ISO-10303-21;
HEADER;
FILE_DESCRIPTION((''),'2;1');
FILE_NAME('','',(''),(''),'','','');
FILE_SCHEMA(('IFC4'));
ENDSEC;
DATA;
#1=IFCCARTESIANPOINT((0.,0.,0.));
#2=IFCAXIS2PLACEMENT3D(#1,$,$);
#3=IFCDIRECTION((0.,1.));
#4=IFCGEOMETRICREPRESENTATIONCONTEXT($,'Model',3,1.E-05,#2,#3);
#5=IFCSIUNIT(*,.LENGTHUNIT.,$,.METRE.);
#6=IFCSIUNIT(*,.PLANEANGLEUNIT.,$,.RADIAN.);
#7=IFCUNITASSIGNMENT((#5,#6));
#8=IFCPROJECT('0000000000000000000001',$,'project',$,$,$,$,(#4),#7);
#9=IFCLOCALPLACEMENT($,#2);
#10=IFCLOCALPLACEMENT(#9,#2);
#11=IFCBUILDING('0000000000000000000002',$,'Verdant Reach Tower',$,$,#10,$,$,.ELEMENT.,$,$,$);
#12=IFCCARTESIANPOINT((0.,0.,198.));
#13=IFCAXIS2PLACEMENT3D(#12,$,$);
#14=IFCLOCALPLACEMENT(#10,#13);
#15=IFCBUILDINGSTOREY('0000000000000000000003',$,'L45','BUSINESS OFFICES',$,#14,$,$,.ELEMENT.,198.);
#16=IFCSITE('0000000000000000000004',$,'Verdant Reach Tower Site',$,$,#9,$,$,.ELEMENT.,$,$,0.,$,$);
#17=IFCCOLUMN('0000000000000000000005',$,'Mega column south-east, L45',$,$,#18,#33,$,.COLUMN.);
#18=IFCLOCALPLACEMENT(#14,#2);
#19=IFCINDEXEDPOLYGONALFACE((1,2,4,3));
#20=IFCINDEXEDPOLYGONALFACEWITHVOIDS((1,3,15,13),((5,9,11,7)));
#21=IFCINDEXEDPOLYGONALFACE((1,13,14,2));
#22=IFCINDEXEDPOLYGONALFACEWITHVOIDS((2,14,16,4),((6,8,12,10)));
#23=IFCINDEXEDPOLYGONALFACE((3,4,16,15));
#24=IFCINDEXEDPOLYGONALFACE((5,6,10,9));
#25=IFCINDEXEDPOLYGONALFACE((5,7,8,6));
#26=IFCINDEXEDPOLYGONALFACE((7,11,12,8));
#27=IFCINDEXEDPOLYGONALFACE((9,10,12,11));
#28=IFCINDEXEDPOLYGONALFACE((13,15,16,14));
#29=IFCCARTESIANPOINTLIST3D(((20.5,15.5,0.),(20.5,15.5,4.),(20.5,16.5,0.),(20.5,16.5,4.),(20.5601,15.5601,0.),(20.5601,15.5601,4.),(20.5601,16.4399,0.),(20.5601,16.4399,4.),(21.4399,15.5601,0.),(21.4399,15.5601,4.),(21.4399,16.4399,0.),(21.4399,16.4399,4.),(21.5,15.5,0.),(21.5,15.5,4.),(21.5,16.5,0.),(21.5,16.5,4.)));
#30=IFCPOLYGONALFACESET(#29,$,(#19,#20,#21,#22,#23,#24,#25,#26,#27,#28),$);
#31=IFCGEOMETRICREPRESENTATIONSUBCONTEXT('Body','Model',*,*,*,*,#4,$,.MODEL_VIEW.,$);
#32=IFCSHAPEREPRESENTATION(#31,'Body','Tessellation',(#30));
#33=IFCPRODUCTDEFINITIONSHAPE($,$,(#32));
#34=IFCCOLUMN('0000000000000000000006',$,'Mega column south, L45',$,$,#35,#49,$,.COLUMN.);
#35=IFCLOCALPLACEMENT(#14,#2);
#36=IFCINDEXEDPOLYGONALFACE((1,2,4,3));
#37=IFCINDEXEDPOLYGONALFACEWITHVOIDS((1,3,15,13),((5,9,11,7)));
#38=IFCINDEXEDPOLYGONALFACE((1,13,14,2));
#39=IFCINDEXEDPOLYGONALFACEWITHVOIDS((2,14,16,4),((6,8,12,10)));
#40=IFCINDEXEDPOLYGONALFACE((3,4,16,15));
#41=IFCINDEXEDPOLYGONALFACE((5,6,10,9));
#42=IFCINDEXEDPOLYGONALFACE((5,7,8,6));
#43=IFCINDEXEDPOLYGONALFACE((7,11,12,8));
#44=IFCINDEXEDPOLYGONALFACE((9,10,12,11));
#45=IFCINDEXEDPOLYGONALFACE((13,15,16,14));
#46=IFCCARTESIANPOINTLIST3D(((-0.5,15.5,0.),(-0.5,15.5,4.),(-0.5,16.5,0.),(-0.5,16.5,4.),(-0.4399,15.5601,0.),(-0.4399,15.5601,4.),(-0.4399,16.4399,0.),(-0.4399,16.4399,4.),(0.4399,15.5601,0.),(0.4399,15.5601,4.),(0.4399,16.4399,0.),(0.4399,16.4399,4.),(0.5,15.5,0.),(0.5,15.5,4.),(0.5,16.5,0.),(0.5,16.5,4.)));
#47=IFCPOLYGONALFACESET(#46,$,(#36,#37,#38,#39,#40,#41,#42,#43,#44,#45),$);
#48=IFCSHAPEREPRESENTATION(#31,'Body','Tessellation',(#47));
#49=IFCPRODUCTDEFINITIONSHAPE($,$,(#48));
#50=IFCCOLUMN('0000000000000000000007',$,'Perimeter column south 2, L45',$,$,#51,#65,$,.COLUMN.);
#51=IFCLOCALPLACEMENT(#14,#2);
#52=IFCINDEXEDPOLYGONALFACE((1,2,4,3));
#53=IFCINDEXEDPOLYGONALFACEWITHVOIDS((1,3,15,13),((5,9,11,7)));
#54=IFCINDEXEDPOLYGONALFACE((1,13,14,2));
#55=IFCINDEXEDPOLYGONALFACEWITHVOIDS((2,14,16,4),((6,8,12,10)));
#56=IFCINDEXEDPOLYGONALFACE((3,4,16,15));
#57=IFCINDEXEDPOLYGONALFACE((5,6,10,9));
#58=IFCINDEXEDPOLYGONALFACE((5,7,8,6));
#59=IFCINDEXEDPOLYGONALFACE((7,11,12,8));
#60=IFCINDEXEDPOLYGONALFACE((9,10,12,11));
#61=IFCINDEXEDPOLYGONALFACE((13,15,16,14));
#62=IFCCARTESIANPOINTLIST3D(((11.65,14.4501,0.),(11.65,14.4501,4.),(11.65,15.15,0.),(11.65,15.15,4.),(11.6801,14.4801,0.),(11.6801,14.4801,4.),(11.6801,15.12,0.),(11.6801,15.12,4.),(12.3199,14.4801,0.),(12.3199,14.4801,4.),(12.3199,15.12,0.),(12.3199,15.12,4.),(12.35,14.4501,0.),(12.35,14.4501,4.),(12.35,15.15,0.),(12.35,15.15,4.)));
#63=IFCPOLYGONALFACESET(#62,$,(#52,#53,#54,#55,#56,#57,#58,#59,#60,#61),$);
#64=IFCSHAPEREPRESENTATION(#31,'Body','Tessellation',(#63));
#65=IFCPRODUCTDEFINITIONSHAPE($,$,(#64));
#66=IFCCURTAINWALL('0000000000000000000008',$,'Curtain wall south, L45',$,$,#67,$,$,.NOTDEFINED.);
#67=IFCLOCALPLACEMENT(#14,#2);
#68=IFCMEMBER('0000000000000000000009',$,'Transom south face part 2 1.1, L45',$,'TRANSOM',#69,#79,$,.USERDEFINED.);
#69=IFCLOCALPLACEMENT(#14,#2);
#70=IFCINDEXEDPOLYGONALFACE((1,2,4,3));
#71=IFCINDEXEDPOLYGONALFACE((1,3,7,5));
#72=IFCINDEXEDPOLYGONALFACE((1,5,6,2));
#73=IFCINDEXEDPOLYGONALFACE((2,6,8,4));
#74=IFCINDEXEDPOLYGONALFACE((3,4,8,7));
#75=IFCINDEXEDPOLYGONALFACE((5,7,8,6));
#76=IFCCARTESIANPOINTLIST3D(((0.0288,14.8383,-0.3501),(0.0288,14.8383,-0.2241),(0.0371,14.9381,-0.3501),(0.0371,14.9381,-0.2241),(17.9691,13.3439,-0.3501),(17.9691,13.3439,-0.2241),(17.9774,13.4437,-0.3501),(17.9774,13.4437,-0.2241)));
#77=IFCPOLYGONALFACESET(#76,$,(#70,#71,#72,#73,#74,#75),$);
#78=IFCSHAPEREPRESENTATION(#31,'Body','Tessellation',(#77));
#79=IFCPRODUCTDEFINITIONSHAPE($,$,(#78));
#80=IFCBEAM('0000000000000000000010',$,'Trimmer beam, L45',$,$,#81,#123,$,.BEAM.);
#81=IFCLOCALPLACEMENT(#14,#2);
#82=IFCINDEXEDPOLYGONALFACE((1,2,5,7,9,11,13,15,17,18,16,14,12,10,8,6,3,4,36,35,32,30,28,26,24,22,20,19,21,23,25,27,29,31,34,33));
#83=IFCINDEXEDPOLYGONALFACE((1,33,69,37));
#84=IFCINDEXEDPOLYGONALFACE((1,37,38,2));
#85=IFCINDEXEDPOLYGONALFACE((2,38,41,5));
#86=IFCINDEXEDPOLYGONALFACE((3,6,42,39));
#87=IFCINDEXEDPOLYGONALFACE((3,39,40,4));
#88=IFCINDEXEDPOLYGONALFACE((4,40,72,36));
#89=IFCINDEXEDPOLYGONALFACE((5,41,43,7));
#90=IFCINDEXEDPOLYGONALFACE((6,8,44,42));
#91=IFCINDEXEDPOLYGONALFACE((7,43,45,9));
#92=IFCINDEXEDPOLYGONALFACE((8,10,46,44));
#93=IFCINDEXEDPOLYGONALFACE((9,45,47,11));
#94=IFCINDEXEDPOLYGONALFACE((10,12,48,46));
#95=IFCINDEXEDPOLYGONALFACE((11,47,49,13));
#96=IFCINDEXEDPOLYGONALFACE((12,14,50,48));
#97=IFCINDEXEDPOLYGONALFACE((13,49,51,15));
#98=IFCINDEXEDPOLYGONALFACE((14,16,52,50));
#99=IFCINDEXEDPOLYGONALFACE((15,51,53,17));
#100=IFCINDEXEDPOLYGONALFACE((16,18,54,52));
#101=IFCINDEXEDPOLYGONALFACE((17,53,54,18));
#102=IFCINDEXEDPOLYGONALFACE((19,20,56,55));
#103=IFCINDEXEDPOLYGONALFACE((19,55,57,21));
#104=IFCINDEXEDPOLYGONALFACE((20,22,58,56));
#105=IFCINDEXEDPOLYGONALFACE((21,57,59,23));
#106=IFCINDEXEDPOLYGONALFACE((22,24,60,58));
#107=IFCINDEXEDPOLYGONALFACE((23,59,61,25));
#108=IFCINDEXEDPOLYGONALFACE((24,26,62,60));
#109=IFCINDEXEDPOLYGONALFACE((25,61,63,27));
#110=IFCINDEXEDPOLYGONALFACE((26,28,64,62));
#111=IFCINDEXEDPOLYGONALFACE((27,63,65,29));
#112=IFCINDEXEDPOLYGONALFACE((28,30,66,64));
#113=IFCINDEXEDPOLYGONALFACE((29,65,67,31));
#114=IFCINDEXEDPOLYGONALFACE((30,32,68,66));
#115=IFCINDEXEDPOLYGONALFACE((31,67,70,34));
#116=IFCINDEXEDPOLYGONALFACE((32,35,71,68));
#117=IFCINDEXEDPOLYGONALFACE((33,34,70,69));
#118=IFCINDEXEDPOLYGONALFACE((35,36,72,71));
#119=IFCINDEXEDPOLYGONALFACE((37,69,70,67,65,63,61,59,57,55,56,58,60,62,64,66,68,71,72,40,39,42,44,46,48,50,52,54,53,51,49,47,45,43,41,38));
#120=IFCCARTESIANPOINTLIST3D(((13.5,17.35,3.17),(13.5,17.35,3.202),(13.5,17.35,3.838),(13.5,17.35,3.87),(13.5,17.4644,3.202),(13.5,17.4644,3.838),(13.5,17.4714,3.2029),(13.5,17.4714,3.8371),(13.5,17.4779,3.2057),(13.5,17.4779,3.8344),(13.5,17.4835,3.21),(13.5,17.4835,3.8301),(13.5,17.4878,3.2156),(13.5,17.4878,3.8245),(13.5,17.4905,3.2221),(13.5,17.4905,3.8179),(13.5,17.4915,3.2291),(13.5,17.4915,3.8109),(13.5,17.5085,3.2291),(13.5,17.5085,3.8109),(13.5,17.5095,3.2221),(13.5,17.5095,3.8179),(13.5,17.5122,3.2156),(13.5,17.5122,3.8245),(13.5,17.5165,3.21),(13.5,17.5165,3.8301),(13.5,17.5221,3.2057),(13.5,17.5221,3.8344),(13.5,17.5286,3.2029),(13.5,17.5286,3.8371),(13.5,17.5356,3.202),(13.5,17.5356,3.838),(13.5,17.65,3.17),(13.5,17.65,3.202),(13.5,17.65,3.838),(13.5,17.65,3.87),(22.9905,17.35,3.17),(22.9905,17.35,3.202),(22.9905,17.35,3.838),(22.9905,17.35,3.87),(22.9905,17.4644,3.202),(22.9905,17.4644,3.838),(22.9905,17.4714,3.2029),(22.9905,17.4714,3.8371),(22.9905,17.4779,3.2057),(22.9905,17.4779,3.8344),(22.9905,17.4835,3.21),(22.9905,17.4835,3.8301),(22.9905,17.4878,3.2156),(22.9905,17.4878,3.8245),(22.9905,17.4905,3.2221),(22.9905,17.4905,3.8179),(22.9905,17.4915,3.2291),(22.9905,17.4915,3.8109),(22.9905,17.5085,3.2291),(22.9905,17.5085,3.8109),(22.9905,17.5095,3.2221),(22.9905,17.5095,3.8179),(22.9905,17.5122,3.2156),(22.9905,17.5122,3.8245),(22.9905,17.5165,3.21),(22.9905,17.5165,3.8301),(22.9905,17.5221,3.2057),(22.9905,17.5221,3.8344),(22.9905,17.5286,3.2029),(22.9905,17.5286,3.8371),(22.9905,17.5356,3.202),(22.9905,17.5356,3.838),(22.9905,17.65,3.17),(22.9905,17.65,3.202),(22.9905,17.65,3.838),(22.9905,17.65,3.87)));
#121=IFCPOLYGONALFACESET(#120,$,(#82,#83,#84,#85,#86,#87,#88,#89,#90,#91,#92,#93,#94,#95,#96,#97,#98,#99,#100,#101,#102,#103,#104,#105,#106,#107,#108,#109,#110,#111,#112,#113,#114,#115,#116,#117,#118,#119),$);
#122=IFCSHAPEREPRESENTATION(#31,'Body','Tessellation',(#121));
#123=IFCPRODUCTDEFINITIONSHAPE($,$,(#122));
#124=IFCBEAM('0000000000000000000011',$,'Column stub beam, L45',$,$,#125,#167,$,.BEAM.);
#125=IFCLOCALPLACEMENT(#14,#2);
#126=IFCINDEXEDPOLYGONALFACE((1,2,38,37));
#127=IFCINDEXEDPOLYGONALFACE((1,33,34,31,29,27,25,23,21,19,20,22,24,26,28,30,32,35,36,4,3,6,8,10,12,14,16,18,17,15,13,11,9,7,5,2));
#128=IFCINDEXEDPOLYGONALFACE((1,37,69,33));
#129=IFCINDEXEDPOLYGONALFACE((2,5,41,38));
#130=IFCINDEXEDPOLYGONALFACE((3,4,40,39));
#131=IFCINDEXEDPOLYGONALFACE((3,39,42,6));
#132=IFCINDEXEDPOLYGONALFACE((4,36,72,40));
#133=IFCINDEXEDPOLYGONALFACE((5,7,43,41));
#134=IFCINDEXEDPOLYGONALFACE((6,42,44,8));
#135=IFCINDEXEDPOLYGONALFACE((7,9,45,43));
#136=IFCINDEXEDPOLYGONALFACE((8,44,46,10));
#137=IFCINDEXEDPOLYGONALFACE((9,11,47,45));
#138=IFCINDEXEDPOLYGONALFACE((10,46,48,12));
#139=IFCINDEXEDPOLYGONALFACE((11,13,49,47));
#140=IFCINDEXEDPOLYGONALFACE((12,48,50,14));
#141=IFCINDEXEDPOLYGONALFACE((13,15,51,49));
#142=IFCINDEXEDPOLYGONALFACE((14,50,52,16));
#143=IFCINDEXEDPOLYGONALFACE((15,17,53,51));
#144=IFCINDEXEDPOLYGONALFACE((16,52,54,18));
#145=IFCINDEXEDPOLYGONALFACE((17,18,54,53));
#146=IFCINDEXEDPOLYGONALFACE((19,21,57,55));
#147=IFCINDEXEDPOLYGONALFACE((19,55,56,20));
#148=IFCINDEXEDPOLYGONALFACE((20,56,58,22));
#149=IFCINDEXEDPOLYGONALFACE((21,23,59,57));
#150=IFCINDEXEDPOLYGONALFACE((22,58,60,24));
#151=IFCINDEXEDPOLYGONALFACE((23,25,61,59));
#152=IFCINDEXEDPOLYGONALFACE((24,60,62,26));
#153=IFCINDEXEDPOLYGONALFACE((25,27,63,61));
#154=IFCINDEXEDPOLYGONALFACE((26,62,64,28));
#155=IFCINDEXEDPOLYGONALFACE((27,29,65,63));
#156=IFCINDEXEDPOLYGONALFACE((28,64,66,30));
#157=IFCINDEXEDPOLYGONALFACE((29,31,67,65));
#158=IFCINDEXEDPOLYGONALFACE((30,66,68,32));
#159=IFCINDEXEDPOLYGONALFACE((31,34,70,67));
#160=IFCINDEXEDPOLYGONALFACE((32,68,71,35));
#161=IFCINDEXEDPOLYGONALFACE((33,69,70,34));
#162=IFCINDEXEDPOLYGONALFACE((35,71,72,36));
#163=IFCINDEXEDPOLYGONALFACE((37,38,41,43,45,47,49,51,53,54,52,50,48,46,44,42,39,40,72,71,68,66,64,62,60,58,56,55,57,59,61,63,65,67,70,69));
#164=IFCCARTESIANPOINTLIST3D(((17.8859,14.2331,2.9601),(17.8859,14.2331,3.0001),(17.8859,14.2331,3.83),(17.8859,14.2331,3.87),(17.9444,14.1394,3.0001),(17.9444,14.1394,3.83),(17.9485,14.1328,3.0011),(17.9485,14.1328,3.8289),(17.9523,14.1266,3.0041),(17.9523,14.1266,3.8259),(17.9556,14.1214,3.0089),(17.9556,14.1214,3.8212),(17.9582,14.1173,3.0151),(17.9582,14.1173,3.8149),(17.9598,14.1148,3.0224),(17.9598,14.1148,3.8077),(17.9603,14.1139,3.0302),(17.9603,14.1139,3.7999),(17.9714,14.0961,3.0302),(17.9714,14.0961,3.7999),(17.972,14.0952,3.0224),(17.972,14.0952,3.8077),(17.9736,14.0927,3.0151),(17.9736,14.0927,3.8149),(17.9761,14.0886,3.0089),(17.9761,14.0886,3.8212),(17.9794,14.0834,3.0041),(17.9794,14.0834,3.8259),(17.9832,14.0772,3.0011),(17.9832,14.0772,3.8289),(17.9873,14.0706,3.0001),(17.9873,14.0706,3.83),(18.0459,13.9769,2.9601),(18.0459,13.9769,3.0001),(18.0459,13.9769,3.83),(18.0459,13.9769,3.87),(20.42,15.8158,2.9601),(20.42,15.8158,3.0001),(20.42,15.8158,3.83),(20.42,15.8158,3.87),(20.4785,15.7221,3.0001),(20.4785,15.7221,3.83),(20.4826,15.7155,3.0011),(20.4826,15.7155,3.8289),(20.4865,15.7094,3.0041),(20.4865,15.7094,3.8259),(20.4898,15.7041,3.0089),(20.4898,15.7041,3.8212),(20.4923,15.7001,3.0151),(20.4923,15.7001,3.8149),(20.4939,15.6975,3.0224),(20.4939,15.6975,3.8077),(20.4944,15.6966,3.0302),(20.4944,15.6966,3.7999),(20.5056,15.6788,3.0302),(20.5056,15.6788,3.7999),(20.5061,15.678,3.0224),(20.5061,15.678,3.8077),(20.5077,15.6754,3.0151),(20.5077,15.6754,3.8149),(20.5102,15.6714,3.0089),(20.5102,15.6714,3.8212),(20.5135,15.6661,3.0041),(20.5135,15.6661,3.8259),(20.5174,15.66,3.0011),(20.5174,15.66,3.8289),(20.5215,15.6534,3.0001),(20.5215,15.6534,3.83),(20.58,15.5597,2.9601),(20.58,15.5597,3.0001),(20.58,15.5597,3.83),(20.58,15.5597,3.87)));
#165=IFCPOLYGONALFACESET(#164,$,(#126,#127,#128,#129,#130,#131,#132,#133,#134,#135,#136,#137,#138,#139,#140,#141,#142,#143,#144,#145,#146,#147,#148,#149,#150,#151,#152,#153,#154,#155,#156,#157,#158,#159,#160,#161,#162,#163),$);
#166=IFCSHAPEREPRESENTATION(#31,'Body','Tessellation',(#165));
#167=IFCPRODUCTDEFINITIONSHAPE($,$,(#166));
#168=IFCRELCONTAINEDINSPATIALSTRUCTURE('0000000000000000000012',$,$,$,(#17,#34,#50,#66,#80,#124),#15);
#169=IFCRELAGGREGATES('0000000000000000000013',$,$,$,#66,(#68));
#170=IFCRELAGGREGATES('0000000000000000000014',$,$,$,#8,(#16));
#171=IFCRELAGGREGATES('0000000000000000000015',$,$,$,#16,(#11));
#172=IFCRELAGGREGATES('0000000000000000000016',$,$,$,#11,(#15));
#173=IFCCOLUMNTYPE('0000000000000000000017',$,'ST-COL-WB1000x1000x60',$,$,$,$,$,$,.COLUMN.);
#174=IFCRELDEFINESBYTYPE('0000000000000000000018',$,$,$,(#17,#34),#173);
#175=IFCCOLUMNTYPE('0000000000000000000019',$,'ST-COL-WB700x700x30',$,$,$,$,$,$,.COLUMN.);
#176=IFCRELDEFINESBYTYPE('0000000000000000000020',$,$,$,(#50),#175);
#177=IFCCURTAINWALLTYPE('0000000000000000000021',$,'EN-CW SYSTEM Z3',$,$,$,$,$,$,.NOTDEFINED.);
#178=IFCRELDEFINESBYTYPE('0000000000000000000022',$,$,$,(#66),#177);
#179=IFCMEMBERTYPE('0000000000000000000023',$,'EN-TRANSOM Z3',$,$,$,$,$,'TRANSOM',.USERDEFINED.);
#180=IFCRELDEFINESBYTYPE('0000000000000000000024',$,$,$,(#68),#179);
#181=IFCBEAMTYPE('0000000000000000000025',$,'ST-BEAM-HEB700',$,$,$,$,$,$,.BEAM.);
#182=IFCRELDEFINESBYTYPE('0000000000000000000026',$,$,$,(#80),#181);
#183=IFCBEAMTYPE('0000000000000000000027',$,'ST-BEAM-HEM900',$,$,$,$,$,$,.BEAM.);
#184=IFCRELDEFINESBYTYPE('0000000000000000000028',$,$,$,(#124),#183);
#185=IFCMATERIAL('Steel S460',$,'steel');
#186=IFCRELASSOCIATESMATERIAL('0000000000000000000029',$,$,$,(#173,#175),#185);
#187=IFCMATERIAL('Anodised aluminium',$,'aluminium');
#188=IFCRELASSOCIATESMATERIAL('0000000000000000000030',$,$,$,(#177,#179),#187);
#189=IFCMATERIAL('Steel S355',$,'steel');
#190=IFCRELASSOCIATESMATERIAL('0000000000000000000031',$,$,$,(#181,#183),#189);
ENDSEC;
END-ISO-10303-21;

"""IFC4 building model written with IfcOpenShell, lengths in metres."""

from ifc_helpers import new_model, si_unit, direction, frame, origin, origin_2d, place, context, subcontext, project, spatial, rectangle, hollow_rectangle, i_section, extrude, material, material_profile, profile_set, type_object, element, aggregate, save


model = new_model("IFC4")

# Units and contexts
model_context = context("Model", 3, precision=1e-05, world=origin(), true_north=direction((0.0, 1.0)))
body_context = subcontext(model_context, "Body", "Model", "MODEL_VIEW")
ifc_project = project(units=[si_unit("LENGTHUNIT", "METRE"), si_unit("PLANEANGLEUNIT", "RADIAN")], contexts=[model_context])

# Site, building, storey
site_placement = place(None, origin())
site = spatial("IfcSite", under=ifc_project, at=site_placement, Name="Verdant Reach Tower Site", CompositionType="ELEMENT", RefElevation=0.0)
building_placement = place(site_placement, origin())
building = spatial("IfcBuilding", under=site, at=building_placement, Name="Verdant Reach Tower", CompositionType="ELEMENT")
storey_placement = place(building_placement, frame((0.0, 0.0, 198.0)))
storey = spatial("IfcBuildingStorey", under=building, at=storey_placement, Name="L45", Description="BUSINESS OFFICES", CompositionType="ELEMENT", Elevation=198.0)

# Columns
ifc_material_1 = material(Name="Steel S460", Category="steel")
ifc_material_profile_1 = material_profile(ifc_material_1, hollow_rectangle(XDim=1.0, YDim=1.0, WallThickness=0.0601, at=origin_2d()), Name="WB 1000x1000x60")
ifc_profile_set_1 = profile_set([ifc_material_profile_1], Name="Steel S460")
column_type_1 = type_object("IfcColumnType", Name="ST-COL-WB1000x1000x60", PredefinedType="COLUMN", material=ifc_profile_set_1)
for number, where, z_axis, x_axis, name in (
    (1, (21.0, 16.0, 0.0), (0.0, 0.0, 1.0), (1.0, 0.0, 0.0), "Mega column south-east, L45"),
    (2, (0.0, 16.0, 0.0), (0.0, 0.0, 1.0), (1.0, 0.0, 0.0), "Mega column south, L45"),
):
    element("IfcColumn", number, at=place(storey_placement, frame(where, z_axis=z_axis, x_axis=x_axis)), inside=storey, type_object=column_type_1, Name=name, PredefinedType="COLUMN", context=body_context, shape_type="SweptSolid", body=[
        extrude(hollow_rectangle(XDim=1.0, YDim=1.0, WallThickness=0.0601, at=origin_2d()), origin(), (0.0, 0.0, 1.0), 4.0),
    ])
ifc_material_profile_2 = material_profile(ifc_material_1, hollow_rectangle(XDim=0.7, YDim=0.7, WallThickness=0.03, at=origin_2d()), Name="WB 700x700x30")
ifc_profile_set_2 = profile_set([ifc_material_profile_2], Name="Steel S460")
column_type_2 = type_object("IfcColumnType", Name="ST-COL-WB700x700x30", PredefinedType="COLUMN", material=ifc_profile_set_2)
column_placement = place(storey_placement, frame((12.0, 14.8, 0.0), z_axis=(0.0, 0.0, 1.0), x_axis=(1.0, 0.0, 0.0)))
element("IfcColumn", 3, at=column_placement, inside=storey, type_object=column_type_2, Name="Perimeter column south 2, L45", PredefinedType="COLUMN", context=body_context, shape_type="SweptSolid", body=[
    extrude(hollow_rectangle(XDim=0.7, YDim=0.7, WallThickness=0.03, at=origin_2d()), origin(), (0.0, 0.0, 1.0), 4.0),
])

# Curtain wall, member
ifc_material_2 = material(Name="Anodised aluminium", Category="aluminium")
curtain_wall_type = type_object("IfcCurtainWallType", Name="EN-CW SYSTEM Z3", PredefinedType="NOTDEFINED", material=ifc_material_2)
curtain_wall_1_placement = place(storey_placement, origin())
curtain_wall_1 = element("IfcCurtainWall", 4, at=curtain_wall_1_placement, inside=storey, type_object=curtain_wall_type, Name="Curtain wall south, L45", PredefinedType="NOTDEFINED")
ifc_material_profile_3 = material_profile(ifc_material_2, rectangle(XDim=0.1001, YDim=0.126, at=origin_2d()), Name="Transom 126x100")
ifc_profile_set_3 = profile_set([ifc_material_profile_3], Name="Anodised aluminium")
member_type = type_object("IfcMemberType", Name="EN-TRANSOM Z3", ElementType="TRANSOM", PredefinedType="USERDEFINED", material=ifc_profile_set_3)
member_placement = place(storey_placement, frame((0.033, 14.8882, -0.2871), z_axis=(0.996549, -0.08301, 0.0), x_axis=(0.08301, 0.996549, 0.0)))
member = element("IfcMember", 5, at=member_placement, type_object=member_type, Name="Transom south face part 2 1.1, L45", ObjectType="TRANSOM", PredefinedType="USERDEFINED", context=body_context, shape_type="SweptSolid", body=[
    extrude(rectangle(XDim=0.1001, YDim=0.126, at=origin_2d()), origin(), (0.0, 0.0, 1.0), 18.0024),
])

# Beams
ifc_material_3 = material(Name="Steel S355", Category="steel")
ifc_material_profile_4 = material_profile(ifc_material_3, i_section(OverallWidth=0.3, OverallDepth=0.7, WebThickness=0.0171, FlangeThickness=0.032, FilletRadius=0.0271, at=origin_2d()), Name="HEB 700")
ifc_profile_set_4 = profile_set([ifc_material_profile_4], Name="Steel S355")
beam_type_1 = type_object("IfcBeamType", Name="ST-BEAM-HEB700", PredefinedType="BEAM", material=ifc_profile_set_4)
beam_1_placement = place(storey_placement, frame((13.5, 17.5, 3.52), z_axis=(1.0, 0.0, 0.0), x_axis=(0.0, 1.0, 0.0)))
element("IfcBeam", 6, at=beam_1_placement, inside=storey, type_object=beam_type_1, Name="Trimmer beam, L45", PredefinedType="BEAM", context=body_context, shape_type="SweptSolid", body=[
    extrude(i_section(OverallWidth=0.3, OverallDepth=0.7, WebThickness=0.0171, FlangeThickness=0.032, FilletRadius=0.0271, at=origin_2d()), origin(), (0.0, 0.0, 1.0), 9.4905),
])
ifc_material_profile_5 = material_profile(ifc_material_3, i_section(OverallWidth=0.302, OverallDepth=0.9099, WebThickness=0.021, FlangeThickness=0.04, FilletRadius=0.03, at=origin_2d()), Name="HEM 900")
ifc_profile_set_5 = profile_set([ifc_material_profile_5], Name="Steel S355")
beam_type_2 = type_object("IfcBeamType", Name="ST-BEAM-HEM900", PredefinedType="BEAM", material=ifc_profile_set_5)
beam_2_placement = place(storey_placement, frame((20.5, 15.6877, 3.415), z_axis=(-0.848164, -0.529735, 0.0), x_axis=(0.529735, -0.848164, 0.0)))
element("IfcBeam", 7, at=beam_2_placement, inside=storey, type_object=beam_type_2, Name="Column stub beam, L45", PredefinedType="BEAM", context=body_context, shape_type="SweptSolid", body=[
    extrude(i_section(OverallWidth=0.302, OverallDepth=0.9099, WebThickness=0.021, FlangeThickness=0.04, FilletRadius=0.03, at=origin_2d()), origin(), (0.0, 0.0, 1.0), 2.9878),
])

aggregate(curtain_wall_1, [member])

save(model, "model.ifc")
